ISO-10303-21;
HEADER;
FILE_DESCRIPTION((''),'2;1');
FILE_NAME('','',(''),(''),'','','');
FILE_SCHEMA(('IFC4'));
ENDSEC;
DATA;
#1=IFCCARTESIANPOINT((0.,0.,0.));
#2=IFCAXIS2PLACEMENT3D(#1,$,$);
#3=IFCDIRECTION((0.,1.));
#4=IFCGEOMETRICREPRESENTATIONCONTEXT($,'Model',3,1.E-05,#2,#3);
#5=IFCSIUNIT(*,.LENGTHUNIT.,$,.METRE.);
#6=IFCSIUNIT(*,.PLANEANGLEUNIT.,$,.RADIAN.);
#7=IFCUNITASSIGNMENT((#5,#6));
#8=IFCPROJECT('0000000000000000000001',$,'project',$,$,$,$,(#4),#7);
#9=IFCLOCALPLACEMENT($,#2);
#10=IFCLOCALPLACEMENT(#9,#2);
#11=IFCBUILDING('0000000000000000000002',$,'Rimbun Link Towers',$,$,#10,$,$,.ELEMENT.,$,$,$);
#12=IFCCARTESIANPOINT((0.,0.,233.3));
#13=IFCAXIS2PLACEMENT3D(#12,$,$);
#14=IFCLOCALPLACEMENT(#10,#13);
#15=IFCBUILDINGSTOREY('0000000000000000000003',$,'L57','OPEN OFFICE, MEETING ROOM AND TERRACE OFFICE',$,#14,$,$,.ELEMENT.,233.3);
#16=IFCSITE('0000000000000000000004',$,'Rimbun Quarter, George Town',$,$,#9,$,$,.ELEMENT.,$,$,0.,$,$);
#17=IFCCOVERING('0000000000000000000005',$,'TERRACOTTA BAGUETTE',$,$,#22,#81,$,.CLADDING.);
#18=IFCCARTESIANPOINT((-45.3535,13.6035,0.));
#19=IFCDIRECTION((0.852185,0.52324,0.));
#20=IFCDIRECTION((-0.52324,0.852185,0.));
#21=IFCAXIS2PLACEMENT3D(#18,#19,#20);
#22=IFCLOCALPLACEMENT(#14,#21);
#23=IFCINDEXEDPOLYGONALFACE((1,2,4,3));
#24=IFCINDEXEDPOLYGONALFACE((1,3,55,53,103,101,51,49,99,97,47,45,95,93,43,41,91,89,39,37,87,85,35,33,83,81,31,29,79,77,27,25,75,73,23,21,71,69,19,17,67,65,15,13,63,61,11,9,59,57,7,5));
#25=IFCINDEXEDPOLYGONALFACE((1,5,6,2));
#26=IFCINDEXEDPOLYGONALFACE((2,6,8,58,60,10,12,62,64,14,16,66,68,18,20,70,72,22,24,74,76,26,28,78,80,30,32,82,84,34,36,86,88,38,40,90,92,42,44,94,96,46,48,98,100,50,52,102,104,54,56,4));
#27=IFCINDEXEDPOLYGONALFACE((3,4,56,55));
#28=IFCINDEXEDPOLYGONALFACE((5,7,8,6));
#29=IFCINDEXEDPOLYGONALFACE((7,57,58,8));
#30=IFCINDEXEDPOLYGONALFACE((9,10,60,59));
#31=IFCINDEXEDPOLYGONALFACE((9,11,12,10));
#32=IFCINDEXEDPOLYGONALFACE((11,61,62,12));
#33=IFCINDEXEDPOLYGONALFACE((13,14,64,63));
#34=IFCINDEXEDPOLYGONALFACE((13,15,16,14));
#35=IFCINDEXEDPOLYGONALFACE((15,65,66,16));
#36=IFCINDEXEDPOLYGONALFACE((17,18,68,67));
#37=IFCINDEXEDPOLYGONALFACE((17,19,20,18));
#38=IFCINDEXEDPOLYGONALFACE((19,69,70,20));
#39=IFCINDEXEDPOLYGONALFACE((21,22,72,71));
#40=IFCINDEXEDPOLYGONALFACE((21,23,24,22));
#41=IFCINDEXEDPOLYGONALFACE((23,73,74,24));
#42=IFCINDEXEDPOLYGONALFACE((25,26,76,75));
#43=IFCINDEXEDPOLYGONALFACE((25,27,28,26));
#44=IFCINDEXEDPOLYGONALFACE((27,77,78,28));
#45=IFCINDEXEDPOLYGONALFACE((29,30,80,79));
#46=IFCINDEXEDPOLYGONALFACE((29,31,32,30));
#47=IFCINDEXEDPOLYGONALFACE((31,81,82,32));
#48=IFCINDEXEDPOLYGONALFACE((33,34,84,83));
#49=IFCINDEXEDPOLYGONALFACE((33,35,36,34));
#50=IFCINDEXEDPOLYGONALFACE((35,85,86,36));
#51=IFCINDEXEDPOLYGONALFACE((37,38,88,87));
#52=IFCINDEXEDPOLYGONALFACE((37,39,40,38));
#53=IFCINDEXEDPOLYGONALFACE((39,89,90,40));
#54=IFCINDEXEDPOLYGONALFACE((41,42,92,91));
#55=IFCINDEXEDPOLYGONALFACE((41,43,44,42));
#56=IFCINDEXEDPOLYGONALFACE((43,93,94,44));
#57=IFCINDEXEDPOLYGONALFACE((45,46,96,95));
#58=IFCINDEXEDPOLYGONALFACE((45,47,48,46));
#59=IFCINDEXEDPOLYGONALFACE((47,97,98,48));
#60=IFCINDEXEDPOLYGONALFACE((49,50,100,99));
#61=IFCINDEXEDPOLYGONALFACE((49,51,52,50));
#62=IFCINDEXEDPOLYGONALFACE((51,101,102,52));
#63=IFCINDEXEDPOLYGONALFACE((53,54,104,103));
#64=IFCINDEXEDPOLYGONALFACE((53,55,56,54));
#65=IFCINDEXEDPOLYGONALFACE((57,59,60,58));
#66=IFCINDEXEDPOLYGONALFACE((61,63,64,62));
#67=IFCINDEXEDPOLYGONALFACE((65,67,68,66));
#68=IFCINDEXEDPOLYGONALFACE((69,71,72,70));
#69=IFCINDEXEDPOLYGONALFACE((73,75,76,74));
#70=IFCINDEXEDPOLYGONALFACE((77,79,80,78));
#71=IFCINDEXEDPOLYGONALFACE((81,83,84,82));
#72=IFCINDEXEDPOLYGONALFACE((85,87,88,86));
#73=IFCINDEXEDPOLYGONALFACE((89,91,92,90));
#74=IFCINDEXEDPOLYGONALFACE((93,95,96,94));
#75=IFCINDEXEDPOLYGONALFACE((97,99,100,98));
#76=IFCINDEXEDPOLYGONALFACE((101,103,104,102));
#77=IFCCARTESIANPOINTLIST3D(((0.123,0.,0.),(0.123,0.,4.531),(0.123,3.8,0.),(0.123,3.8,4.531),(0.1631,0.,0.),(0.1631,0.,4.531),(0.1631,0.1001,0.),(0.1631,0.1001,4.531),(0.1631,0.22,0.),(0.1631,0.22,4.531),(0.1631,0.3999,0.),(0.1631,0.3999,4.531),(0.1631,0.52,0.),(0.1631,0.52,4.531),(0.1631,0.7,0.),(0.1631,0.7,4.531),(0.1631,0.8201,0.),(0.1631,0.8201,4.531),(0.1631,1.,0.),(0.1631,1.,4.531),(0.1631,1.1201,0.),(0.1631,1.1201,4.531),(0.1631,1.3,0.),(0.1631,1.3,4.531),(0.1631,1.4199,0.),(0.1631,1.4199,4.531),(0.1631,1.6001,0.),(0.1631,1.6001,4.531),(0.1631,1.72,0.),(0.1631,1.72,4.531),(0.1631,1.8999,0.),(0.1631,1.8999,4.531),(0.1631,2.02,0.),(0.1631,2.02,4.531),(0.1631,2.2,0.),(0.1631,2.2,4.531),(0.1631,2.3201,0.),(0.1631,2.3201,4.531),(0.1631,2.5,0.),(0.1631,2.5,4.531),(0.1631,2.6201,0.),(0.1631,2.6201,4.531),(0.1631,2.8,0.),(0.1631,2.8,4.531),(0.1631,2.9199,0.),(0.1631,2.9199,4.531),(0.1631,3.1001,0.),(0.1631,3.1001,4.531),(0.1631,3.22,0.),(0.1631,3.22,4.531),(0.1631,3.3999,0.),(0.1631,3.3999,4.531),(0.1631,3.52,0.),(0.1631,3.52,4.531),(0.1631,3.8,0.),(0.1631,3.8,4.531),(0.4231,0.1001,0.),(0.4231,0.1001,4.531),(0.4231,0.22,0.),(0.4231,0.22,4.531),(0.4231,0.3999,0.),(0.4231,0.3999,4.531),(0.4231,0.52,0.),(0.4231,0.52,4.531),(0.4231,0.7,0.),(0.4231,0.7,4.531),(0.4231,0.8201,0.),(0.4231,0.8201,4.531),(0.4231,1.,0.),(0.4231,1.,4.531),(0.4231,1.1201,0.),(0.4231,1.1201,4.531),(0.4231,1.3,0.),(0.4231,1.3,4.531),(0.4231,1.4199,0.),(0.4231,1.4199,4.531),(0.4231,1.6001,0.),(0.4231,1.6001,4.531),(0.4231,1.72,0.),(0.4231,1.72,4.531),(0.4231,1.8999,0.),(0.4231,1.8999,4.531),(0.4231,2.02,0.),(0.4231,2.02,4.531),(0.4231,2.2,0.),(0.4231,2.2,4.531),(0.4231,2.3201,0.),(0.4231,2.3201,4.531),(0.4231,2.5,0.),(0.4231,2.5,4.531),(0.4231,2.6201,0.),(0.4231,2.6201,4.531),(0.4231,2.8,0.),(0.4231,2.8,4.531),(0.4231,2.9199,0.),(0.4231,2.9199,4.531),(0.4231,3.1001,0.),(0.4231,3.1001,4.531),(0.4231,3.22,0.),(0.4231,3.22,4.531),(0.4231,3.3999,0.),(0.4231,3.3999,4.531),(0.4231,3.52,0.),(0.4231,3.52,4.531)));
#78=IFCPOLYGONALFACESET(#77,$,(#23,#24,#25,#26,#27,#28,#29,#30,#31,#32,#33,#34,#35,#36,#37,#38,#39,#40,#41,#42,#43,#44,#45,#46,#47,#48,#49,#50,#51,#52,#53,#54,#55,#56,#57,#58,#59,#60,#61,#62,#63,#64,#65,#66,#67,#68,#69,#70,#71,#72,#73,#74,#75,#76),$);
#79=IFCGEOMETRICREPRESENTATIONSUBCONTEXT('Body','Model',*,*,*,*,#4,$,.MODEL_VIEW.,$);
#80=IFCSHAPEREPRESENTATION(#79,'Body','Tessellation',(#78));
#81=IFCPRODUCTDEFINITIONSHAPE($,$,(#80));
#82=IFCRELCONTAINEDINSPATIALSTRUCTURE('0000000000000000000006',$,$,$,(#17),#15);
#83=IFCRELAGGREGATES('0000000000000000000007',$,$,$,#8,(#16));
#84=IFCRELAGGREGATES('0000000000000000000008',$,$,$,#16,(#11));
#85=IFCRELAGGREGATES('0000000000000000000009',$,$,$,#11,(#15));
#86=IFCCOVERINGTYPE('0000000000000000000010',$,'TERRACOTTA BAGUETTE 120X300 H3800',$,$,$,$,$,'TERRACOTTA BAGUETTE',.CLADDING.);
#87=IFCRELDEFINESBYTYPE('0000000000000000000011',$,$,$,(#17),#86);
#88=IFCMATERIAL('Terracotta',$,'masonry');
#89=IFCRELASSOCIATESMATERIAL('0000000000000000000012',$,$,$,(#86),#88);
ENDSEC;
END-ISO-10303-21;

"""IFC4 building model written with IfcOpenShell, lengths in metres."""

from ifc_helpers import new_model, si_unit, direction, frame, origin, place, context, subcontext, project, spatial, polyline, outline, extrude, material, material_profile, profile_set, type_object, element, save


model = new_model("IFC4")

# Units and contexts
model_context = context("Model", 3, precision=1e-05, world=origin(), true_north=direction((0.0, 1.0)))
body_context = subcontext(model_context, "Body", "Model", "MODEL_VIEW")
ifc_project = project(units=[si_unit("LENGTHUNIT", "METRE"), si_unit("PLANEANGLEUNIT", "RADIAN")], contexts=[model_context])

# Site, building, storey
site_placement = place(None, origin())
site = spatial("IfcSite", under=ifc_project, at=site_placement, Name="Rimbun Quarter, George Town", CompositionType="ELEMENT", RefElevation=0.0)
building_placement = place(site_placement, origin())
building = spatial("IfcBuilding", under=site, at=building_placement, Name="Rimbun Link Towers", CompositionType="ELEMENT")
storey_placement = place(building_placement, frame((0.0, 0.0, 233.3)))
storey = spatial("IfcBuildingStorey", under=building, at=storey_placement, Name="L57", Description="OPEN OFFICE, MEETING ROOM AND TERRACE OFFICE", CompositionType="ELEMENT", Elevation=233.3)

# Covering
ifc_material_1 = material(Name="Terracotta", Category="masonry")
ifc_material_profile_1 = material_profile(ifc_material_1, outline(polyline([(0.123, 0.0), (0.1631, 0.0), (0.1631, 0.1001), (0.4231, 0.1001), (0.4231, 0.22), (0.1631, 0.22), (0.1631, 0.3999), (0.4231, 0.3999), (0.4231, 0.52), (0.1631, 0.52), (0.1631, 0.7), (0.4231, 0.7), (0.4231, 0.8201), (0.1631, 0.8201), (0.1631, 1.0), (0.4231, 1.0), (0.4231, 1.1201), (0.1631, 1.1201), (0.1631, 1.3), (0.4231, 1.3), (0.4231, 1.4199), (0.1631, 1.4199), (0.1631, 1.6001), (0.4231, 1.6001), (0.4231, 1.72), (0.1631, 1.72), (0.1631, 1.8999), (0.4231, 1.8999), (0.4231, 2.02), (0.1631, 2.02), (0.1631, 2.2), (0.4231, 2.2), (0.4231, 2.3201), (0.1631, 2.3201), (0.1631, 2.5), (0.4231, 2.5), (0.4231, 2.6201), (0.1631, 2.6201), (0.1631, 2.8), (0.4231, 2.8), (0.4231, 2.9199), (0.1631, 2.9199), (0.1631, 3.1001), (0.4231, 3.1001), (0.4231, 3.22), (0.1631, 3.22), (0.1631, 3.3999), (0.4231, 3.3999), (0.4231, 3.52), (0.1631, 3.52), (0.1631, 3.8), (0.123, 3.8), (0.123, 0.0)])), Name="BAGUETTE 120X300")
ifc_profile_set_1 = profile_set([ifc_material_profile_1], Name="Terracotta")
covering_type = type_object("IfcCoveringType", Name="TERRACOTTA BAGUETTE 120X300 H3800", ElementType="TERRACOTTA BAGUETTE", PredefinedType="CLADDING", material=ifc_profile_set_1)
covering_placement = place(storey_placement, frame((-45.3535, 13.6035, 0.0), z_axis=(0.852185, 0.52324, 0.0), x_axis=(-0.52324, 0.852185, 0.0)))
element("IfcCovering", 1, at=covering_placement, inside=storey, type_object=covering_type, Name="TERRACOTTA BAGUETTE", PredefinedType="CLADDING", context=body_context, shape_type="SweptSolid", body=[
    extrude(outline(polyline([(0.123, 0.0), (0.1631, 0.0), (0.1631, 0.1001), (0.4231, 0.1001), (0.4231, 0.22), (0.1631, 0.22), (0.1631, 0.3999), (0.4231, 0.3999), (0.4231, 0.52), (0.1631, 0.52), (0.1631, 0.7), (0.4231, 0.7), (0.4231, 0.8201), (0.1631, 0.8201), (0.1631, 1.0), (0.4231, 1.0), (0.4231, 1.1201), (0.1631, 1.1201), (0.1631, 1.3), (0.4231, 1.3), (0.4231, 1.4199), (0.1631, 1.4199), (0.1631, 1.6001), (0.4231, 1.6001), (0.4231, 1.72), (0.1631, 1.72), (0.1631, 1.8999), (0.4231, 1.8999), (0.4231, 2.02), (0.1631, 2.02), (0.1631, 2.2), (0.4231, 2.2), (0.4231, 2.3201), (0.1631, 2.3201), (0.1631, 2.5), (0.4231, 2.5), (0.4231, 2.6201), (0.1631, 2.6201), (0.1631, 2.8), (0.4231, 2.8), (0.4231, 2.9199), (0.1631, 2.9199), (0.1631, 3.1001), (0.4231, 3.1001), (0.4231, 3.22), (0.1631, 3.22), (0.1631, 3.3999), (0.4231, 3.3999), (0.4231, 3.52), (0.1631, 3.52), (0.1631, 3.8), (0.123, 3.8), (0.123, 0.0)])), origin(), (0.0, 0.0, 1.0), 4.531),
])

save(model, "model.ifc")
